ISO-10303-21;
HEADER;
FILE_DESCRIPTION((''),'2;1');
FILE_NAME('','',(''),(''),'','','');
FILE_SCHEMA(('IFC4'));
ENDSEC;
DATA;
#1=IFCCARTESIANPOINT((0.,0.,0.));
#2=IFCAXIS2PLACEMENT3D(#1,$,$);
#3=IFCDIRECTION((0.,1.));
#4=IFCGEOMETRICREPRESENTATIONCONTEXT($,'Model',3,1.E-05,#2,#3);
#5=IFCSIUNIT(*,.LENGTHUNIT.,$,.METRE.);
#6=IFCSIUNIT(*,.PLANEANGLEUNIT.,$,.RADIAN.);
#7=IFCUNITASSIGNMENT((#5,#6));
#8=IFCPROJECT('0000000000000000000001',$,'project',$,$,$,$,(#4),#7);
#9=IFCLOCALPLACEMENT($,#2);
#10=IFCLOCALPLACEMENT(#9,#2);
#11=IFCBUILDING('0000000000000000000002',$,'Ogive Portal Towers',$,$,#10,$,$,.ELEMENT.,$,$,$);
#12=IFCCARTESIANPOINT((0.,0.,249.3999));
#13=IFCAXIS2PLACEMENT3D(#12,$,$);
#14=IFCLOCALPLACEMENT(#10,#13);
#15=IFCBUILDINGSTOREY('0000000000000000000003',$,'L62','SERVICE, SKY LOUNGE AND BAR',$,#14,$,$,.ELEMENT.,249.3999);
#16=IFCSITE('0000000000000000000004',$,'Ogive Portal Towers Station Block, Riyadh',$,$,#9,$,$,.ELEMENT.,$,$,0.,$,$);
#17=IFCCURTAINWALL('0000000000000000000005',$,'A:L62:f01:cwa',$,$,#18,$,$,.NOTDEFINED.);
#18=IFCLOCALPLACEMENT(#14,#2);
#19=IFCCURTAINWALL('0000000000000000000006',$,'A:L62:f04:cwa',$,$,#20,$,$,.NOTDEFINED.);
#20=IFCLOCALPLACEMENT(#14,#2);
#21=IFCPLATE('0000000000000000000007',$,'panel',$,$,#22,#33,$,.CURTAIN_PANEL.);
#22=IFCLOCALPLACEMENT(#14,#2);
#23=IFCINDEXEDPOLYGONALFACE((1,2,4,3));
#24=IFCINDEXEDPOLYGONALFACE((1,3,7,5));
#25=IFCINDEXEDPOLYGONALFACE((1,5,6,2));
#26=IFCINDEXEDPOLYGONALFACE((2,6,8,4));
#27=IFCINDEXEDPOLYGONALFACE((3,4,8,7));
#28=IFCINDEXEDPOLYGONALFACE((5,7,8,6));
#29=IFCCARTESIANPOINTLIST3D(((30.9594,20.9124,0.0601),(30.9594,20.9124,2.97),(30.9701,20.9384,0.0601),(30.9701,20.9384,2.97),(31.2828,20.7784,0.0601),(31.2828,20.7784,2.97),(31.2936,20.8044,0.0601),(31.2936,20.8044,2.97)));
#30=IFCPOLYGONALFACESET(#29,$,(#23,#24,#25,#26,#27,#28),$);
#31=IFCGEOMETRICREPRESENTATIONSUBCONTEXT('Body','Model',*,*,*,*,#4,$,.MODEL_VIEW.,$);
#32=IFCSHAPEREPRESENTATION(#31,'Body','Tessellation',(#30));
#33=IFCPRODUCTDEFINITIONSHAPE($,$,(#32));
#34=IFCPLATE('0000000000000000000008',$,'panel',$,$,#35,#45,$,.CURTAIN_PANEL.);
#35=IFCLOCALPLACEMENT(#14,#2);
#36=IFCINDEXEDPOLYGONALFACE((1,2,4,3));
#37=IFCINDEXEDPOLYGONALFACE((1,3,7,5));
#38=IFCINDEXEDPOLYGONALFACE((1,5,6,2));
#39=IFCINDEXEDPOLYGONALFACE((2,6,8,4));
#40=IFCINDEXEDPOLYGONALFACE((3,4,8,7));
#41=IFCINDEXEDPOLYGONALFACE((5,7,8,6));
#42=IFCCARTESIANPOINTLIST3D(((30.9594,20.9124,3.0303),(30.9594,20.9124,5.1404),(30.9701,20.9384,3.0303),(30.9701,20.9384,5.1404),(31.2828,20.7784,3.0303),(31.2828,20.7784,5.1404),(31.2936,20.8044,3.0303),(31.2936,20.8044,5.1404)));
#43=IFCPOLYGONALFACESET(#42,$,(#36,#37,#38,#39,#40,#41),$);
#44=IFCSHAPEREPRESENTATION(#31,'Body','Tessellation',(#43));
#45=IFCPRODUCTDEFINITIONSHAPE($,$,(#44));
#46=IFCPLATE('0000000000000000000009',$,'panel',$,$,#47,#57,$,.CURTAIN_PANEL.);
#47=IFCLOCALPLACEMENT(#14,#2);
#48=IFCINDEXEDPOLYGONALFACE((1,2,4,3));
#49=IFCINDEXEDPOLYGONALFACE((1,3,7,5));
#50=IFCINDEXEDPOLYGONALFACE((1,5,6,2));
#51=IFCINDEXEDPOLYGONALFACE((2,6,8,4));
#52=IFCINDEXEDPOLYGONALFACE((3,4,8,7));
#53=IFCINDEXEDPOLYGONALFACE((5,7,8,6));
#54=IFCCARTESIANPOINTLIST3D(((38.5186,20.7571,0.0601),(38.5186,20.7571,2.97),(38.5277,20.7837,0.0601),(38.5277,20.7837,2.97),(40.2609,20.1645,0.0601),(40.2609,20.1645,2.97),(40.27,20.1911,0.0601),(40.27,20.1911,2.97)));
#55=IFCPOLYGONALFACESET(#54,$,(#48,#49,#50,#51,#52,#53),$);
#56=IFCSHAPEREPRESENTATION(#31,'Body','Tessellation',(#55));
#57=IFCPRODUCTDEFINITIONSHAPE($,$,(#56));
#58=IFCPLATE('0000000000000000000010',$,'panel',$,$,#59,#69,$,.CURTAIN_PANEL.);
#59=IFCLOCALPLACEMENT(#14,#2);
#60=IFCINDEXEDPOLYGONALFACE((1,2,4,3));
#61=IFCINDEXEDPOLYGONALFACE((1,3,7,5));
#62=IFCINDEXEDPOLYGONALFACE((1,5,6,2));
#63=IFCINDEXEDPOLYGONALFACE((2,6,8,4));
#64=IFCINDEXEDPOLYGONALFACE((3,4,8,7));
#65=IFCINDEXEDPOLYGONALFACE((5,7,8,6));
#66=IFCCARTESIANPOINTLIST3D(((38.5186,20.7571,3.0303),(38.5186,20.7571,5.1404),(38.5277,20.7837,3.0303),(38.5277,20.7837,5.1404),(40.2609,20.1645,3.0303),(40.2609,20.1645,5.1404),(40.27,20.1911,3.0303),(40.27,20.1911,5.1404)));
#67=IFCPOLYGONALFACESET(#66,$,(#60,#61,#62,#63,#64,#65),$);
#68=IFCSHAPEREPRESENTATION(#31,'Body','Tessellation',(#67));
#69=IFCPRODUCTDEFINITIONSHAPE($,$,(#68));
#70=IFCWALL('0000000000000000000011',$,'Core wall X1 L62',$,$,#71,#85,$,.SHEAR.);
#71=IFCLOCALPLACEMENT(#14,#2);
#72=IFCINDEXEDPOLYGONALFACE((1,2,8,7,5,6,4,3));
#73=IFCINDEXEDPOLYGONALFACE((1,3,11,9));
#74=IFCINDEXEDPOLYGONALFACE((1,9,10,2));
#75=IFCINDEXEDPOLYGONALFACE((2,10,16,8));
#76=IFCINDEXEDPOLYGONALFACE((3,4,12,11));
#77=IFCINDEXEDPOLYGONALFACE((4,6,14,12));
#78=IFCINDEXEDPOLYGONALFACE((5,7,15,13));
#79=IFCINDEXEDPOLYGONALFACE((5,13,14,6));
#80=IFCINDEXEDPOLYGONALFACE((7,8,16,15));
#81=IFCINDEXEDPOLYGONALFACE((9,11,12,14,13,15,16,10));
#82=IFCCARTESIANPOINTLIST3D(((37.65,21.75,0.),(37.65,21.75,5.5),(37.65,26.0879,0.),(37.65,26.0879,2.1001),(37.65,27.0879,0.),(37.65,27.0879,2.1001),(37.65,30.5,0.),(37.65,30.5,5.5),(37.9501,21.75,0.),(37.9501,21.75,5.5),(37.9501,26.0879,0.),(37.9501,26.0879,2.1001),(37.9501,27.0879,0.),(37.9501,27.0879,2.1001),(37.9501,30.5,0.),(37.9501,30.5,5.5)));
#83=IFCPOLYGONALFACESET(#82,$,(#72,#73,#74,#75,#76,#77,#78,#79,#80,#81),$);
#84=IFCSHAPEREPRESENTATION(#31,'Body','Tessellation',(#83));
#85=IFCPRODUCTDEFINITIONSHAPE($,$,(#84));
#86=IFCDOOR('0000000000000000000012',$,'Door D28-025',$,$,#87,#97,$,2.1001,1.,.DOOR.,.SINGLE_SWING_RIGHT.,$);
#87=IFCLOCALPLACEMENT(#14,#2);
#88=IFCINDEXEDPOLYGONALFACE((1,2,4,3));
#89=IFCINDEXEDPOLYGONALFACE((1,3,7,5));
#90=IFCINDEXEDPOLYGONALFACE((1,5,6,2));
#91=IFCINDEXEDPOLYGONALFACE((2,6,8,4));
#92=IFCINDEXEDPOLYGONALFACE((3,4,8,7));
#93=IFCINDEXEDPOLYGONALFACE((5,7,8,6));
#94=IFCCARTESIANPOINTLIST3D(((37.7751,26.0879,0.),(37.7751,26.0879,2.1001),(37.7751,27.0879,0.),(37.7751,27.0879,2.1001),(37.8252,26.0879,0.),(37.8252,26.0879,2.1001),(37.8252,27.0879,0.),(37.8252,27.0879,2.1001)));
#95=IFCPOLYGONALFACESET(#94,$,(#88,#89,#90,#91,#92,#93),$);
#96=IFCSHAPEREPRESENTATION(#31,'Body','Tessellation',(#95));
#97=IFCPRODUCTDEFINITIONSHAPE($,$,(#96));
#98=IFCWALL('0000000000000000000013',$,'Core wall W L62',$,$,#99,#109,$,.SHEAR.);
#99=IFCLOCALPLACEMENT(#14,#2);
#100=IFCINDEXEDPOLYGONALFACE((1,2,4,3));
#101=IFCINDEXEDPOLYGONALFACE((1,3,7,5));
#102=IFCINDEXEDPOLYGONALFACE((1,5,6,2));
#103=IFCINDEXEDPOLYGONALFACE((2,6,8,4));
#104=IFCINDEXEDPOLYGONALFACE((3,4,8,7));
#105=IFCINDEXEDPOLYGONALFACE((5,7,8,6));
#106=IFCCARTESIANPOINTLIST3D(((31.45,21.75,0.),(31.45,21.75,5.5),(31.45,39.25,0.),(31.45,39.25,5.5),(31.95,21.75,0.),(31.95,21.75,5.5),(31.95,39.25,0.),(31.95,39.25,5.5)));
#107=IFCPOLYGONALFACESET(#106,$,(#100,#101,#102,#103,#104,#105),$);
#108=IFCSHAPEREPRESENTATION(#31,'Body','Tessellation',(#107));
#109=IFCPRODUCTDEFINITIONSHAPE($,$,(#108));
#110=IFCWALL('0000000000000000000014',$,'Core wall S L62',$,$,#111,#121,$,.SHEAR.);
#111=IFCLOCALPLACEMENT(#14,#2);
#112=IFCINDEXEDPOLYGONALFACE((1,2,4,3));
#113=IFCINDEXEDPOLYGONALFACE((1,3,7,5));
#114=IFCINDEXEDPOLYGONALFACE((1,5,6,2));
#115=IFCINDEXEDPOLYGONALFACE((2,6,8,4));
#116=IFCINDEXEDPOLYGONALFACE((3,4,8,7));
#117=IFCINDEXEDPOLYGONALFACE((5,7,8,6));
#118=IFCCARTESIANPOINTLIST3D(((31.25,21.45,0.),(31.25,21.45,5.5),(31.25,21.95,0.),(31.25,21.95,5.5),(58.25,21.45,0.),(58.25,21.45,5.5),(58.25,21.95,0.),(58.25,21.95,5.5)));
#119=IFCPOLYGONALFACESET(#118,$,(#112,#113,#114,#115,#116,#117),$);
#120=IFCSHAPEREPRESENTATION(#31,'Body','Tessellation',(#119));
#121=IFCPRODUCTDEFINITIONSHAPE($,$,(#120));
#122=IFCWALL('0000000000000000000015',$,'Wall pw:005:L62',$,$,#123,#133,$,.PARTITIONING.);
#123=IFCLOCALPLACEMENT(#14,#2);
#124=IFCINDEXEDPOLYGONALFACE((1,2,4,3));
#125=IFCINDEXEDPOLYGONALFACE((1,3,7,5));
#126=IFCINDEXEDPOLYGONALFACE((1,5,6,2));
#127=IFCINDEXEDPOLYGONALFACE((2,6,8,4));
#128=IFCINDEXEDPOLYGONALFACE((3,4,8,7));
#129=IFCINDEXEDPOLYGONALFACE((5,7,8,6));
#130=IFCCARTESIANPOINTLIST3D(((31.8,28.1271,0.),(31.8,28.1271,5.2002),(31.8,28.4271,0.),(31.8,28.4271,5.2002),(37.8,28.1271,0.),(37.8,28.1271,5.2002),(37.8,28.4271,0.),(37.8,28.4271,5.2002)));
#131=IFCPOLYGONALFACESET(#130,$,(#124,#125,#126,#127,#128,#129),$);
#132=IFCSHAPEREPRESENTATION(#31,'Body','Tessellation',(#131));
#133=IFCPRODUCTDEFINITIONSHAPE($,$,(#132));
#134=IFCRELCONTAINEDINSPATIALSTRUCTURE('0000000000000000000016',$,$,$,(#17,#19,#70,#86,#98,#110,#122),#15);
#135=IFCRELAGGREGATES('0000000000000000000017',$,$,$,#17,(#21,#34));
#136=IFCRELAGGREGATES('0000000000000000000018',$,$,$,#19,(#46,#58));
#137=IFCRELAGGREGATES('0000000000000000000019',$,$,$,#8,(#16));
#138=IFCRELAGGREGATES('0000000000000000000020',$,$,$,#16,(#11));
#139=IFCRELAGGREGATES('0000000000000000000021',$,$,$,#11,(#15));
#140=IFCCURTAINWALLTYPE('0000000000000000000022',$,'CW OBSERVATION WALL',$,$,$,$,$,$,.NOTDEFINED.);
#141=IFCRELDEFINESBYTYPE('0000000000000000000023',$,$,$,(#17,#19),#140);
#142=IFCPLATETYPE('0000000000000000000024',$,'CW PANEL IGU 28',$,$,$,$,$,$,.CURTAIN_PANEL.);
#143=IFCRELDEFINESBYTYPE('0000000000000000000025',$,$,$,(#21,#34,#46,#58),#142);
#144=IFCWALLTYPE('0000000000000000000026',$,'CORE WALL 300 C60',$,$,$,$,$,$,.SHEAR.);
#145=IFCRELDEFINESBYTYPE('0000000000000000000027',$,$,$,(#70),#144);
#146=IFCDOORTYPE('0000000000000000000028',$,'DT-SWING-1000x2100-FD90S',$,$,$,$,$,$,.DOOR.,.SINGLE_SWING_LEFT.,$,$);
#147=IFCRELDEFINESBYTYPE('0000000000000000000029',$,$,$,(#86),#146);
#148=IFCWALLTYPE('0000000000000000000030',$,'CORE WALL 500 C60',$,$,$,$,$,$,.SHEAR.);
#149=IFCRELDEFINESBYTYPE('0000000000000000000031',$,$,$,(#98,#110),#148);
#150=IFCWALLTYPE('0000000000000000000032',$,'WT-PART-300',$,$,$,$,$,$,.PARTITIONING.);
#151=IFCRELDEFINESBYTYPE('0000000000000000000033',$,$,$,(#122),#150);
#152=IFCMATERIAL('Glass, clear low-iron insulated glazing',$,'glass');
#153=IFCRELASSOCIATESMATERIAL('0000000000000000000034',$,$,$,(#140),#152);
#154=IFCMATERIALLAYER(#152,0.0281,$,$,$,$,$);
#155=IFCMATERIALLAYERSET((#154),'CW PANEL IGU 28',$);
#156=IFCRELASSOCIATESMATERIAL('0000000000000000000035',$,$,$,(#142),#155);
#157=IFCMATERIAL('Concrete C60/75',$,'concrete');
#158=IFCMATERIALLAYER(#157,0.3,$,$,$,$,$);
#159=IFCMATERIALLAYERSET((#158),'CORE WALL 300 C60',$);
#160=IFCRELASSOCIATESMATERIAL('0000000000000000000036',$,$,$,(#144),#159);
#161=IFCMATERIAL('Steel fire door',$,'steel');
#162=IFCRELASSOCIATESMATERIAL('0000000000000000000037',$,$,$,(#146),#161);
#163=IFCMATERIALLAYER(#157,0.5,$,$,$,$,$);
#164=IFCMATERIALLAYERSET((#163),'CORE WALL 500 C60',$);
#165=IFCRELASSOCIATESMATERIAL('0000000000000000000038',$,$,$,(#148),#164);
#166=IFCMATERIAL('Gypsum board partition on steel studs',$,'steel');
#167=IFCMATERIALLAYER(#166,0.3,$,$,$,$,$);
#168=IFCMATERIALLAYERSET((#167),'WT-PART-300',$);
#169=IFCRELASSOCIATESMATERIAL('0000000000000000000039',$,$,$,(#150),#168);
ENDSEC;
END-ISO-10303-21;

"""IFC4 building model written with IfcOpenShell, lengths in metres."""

from ifc_helpers import new_model, si_unit, direction, frame, frame_2d, origin, origin_2d, place, context, subcontext, project, spatial, rectangle, extrude, material, layer, layer_set, type_object, element, fill, aggregate, save


model = new_model("IFC4")

# Units and contexts
model_context = context("Model", 3, precision=1e-05, world=origin(), true_north=direction((0.0, 1.0)))
body_context = subcontext(model_context, "Body", "Model", "MODEL_VIEW")
ifc_project = project(units=[si_unit("LENGTHUNIT", "METRE"), si_unit("PLANEANGLEUNIT", "RADIAN")], contexts=[model_context])

# Site, building, storey
site_placement = place(None, origin())
site = spatial("IfcSite", under=ifc_project, at=site_placement, Name="Ogive Portal Towers Station Block, Riyadh", CompositionType="ELEMENT", RefElevation=0.0)
building_placement = place(site_placement, origin())
building = spatial("IfcBuilding", under=site, at=building_placement, Name="Ogive Portal Towers", CompositionType="ELEMENT")
storey_placement = place(building_placement, frame((0.0, 0.0, 249.3999)))
storey = spatial("IfcBuildingStorey", under=building, at=storey_placement, Name="L62", Description="SERVICE, SKY LOUNGE AND BAR", CompositionType="ELEMENT", Elevation=249.3999)

# Shared definitions
ifc_material_1 = material(Name="Glass, clear low-iron insulated glazing", Category="glass")
curtain_wall_type = type_object("IfcCurtainWallType", Name="CW OBSERVATION WALL", PredefinedType="NOTDEFINED", material=ifc_material_1)

# Curtain wall
curtain_wall_1_placement = place(storey_placement, origin())
curtain_wall_1 = element("IfcCurtainWall", 1, at=curtain_wall_1_placement, inside=storey, type_object=curtain_wall_type, Name="A:L62:f01:cwa", PredefinedType="NOTDEFINED")

# Curtain wall
curtain_wall_2_placement = place(storey_placement, origin())
curtain_wall_2 = element("IfcCurtainWall", 2, at=curtain_wall_2_placement, inside=storey, type_object=curtain_wall_type, Name="A:L62:f04:cwa", PredefinedType="NOTDEFINED")

# Plates
ifc_layer_1 = layer(ifc_material_1, 0.0281)
ifc_layer_set_1 = layer_set([ifc_layer_1], Name="CW PANEL IGU 28")
plate_type = type_object("IfcPlateType", Name="CW PANEL IGU 28", PredefinedType="CURTAIN_PANEL", material=ifc_layer_set_1)
plate_1_placement = place(storey_placement, frame((31.1265, 20.8584, 0.0601), z_axis=(0.0, 0.0, 1.0), x_axis=(0.92388, -0.382683, 0.0)))
plate_1 = element("IfcPlate", 3, at=plate_1_placement, type_object=plate_type, Name="panel", PredefinedType="CURTAIN_PANEL", context=body_context, shape_type="SweptSolid", body=[
    extrude(rectangle(XDim=0.3501, YDim=0.0281, at=origin_2d()), origin(), (0.0, 0.0, 1.0), 2.9099),
])
plate_2_placement = place(storey_placement, frame((31.1265, 20.8584, 3.0303), z_axis=(0.0, 0.0, 1.0), x_axis=(0.92388, -0.382683, 0.0)))
plate_2 = element("IfcPlate", 4, at=plate_2_placement, type_object=plate_type, Name="panel", PredefinedType="CURTAIN_PANEL", context=body_context, shape_type="SweptSolid", body=[
    extrude(rectangle(XDim=0.3501, YDim=0.0281, at=origin_2d()), origin(), (0.0, 0.0, 1.0), 2.1101),
])
aggregate(curtain_wall_1, [plate_1, plate_2])
plate_3_placement = place(storey_placement, frame((39.3943, 20.4741, 0.0601), z_axis=(0.0, 0.0, 1.0), x_axis=(0.946736, -0.32201, 0.0)))
plate_3 = element("IfcPlate", 5, at=plate_3_placement, type_object=plate_type, Name="panel", PredefinedType="CURTAIN_PANEL", context=body_context, shape_type="SweptSolid", body=[
    extrude(rectangle(XDim=1.8403, YDim=0.0281, at=origin_2d()), origin(), (0.0, 0.0, 1.0), 2.9099),
])
plate_4_placement = place(storey_placement, frame((39.3943, 20.4741, 3.0303), z_axis=(0.0, 0.0, 1.0), x_axis=(0.946736, -0.32201, 0.0)))
plate_4 = element("IfcPlate", 6, at=plate_4_placement, type_object=plate_type, Name="panel", PredefinedType="CURTAIN_PANEL", context=body_context, shape_type="SweptSolid", body=[
    extrude(rectangle(XDim=1.8403, YDim=0.0281, at=origin_2d()), origin(), (0.0, 0.0, 1.0), 2.1101),
])
aggregate(curtain_wall_2, [plate_3, plate_4])

# Wall, opening, door
ifc_material_2 = material(Name="Concrete C60/75", Category="concrete")
ifc_layer_2 = layer(ifc_material_2, 0.3)
ifc_layer_set_2 = layer_set([ifc_layer_2], Name="CORE WALL 300 C60")
wall_type_1 = type_object("IfcWallType", Name="CORE WALL 300 C60", PredefinedType="SHEAR", material=ifc_layer_set_2)
wall_1_placement = place(storey_placement, frame((37.8, 21.75, 0.0), z_axis=(0.0, 0.0, 1.0), x_axis=(0.0, 1.0, 0.0)))
wall_1 = element("IfcWall", 7, at=wall_1_placement, inside=storey, type_object=wall_type_1, Name="Core wall X1 L62", PredefinedType="SHEAR", context=body_context, shape_type="SweptSolid", body=[
    extrude(rectangle(XDim=8.75, YDim=0.3, at=frame_2d((4.375, 0.0))), origin(), (0.0, 0.0, 1.0), 5.5),
])
opening_1_placement = place(wall_1_placement, frame((4.3379, 0.0, 0.0)))
opening_1 = element("IfcOpeningElement", 8, at=opening_1_placement, cuts=wall_1, PredefinedType="OPENING", context=body_context, shape_type="SweptSolid", body=[
    extrude(rectangle(XDim=1.0, YDim=2.1001, at=frame_2d((0.5, 1.05))), frame((0.0, 0.1602, 0.0), z_axis=(0.0, -1.0, 0.0), x_axis=(1.0, 0.0, 0.0)), (0.0, 0.0, 1.0), 0.3201),
])
ifc_material_3 = material(Name="Steel fire door", Category="steel")
door_type_1 = type_object("IfcDoorType", Name="DT-SWING-1000x2100-FD90S", OperationType="SINGLE_SWING_LEFT", PredefinedType="DOOR", material=ifc_material_3)
door_1_placement = place(opening_1_placement, origin())
door_1 = element("IfcDoor", 9, at=door_1_placement, inside=storey, type_object=door_type_1, Name="Door D28-025", OperationType="SINGLE_SWING_RIGHT", OverallHeight=2.1001, OverallWidth=1.0, PredefinedType="DOOR", context=body_context, shape_type="SweptSolid", body=[
    extrude(rectangle(XDim=1.0, YDim=2.1001, at=frame_2d((0.5, 1.05))), frame((0.0, 0.0249, 0.0), z_axis=(0.0, -1.0, 0.0), x_axis=(1.0, 0.0, 0.0)), (0.0, 0.0, 1.0), 0.05),
])
fill(opening_1, door_1)

# Walls
ifc_layer_3 = layer(ifc_material_2, 0.5)
ifc_layer_set_3 = layer_set([ifc_layer_3], Name="CORE WALL 500 C60")
wall_type_2 = type_object("IfcWallType", Name="CORE WALL 500 C60", PredefinedType="SHEAR", material=ifc_layer_set_3)
wall_2_placement = place(storey_placement, frame((31.7, 21.75, 0.0), z_axis=(0.0, 0.0, 1.0), x_axis=(0.0, 1.0, 0.0)))
element("IfcWall", 10, at=wall_2_placement, inside=storey, type_object=wall_type_2, Name="Core wall W L62", PredefinedType="SHEAR", context=body_context, shape_type="SweptSolid", body=[
    extrude(rectangle(XDim=17.5, YDim=0.5, at=frame_2d((8.75, 0.0))), origin(), (0.0, 0.0, 1.0), 5.5),
])
wall_3_placement = place(storey_placement, frame((31.25, 21.7, 0.0), z_axis=(0.0, 0.0, 1.0), x_axis=(1.0, 0.0, 0.0)))
element("IfcWall", 11, at=wall_3_placement, inside=storey, type_object=wall_type_2, Name="Core wall S L62", PredefinedType="SHEAR", context=body_context, shape_type="SweptSolid", body=[
    extrude(rectangle(XDim=27.0, YDim=0.5, at=frame_2d((13.5, 0.0))), origin(), (0.0, 0.0, 1.0), 5.5),
])
ifc_material_4 = material(Name="Gypsum board partition on steel studs", Category="steel")
ifc_layer_4 = layer(ifc_material_4, 0.3)
ifc_layer_set_4 = layer_set([ifc_layer_4], Name="WT-PART-300")
wall_type_3 = type_object("IfcWallType", Name="WT-PART-300", PredefinedType="PARTITIONING", material=ifc_layer_set_4)
wall_4_placement = place(storey_placement, frame((31.8, 28.2771, 0.0), z_axis=(0.0, 0.0, 1.0), x_axis=(1.0, 0.0, 0.0)))
element("IfcWall", 12, at=wall_4_placement, inside=storey, type_object=wall_type_3, Name="Wall pw:005:L62", PredefinedType="PARTITIONING", context=body_context, shape_type="SweptSolid", body=[
    extrude(rectangle(XDim=6.0, YDim=0.3, at=frame_2d((3.0, 0.0))), origin(), (0.0, 0.0, 1.0), 5.2002),
])

save(model, "model.ifc")
